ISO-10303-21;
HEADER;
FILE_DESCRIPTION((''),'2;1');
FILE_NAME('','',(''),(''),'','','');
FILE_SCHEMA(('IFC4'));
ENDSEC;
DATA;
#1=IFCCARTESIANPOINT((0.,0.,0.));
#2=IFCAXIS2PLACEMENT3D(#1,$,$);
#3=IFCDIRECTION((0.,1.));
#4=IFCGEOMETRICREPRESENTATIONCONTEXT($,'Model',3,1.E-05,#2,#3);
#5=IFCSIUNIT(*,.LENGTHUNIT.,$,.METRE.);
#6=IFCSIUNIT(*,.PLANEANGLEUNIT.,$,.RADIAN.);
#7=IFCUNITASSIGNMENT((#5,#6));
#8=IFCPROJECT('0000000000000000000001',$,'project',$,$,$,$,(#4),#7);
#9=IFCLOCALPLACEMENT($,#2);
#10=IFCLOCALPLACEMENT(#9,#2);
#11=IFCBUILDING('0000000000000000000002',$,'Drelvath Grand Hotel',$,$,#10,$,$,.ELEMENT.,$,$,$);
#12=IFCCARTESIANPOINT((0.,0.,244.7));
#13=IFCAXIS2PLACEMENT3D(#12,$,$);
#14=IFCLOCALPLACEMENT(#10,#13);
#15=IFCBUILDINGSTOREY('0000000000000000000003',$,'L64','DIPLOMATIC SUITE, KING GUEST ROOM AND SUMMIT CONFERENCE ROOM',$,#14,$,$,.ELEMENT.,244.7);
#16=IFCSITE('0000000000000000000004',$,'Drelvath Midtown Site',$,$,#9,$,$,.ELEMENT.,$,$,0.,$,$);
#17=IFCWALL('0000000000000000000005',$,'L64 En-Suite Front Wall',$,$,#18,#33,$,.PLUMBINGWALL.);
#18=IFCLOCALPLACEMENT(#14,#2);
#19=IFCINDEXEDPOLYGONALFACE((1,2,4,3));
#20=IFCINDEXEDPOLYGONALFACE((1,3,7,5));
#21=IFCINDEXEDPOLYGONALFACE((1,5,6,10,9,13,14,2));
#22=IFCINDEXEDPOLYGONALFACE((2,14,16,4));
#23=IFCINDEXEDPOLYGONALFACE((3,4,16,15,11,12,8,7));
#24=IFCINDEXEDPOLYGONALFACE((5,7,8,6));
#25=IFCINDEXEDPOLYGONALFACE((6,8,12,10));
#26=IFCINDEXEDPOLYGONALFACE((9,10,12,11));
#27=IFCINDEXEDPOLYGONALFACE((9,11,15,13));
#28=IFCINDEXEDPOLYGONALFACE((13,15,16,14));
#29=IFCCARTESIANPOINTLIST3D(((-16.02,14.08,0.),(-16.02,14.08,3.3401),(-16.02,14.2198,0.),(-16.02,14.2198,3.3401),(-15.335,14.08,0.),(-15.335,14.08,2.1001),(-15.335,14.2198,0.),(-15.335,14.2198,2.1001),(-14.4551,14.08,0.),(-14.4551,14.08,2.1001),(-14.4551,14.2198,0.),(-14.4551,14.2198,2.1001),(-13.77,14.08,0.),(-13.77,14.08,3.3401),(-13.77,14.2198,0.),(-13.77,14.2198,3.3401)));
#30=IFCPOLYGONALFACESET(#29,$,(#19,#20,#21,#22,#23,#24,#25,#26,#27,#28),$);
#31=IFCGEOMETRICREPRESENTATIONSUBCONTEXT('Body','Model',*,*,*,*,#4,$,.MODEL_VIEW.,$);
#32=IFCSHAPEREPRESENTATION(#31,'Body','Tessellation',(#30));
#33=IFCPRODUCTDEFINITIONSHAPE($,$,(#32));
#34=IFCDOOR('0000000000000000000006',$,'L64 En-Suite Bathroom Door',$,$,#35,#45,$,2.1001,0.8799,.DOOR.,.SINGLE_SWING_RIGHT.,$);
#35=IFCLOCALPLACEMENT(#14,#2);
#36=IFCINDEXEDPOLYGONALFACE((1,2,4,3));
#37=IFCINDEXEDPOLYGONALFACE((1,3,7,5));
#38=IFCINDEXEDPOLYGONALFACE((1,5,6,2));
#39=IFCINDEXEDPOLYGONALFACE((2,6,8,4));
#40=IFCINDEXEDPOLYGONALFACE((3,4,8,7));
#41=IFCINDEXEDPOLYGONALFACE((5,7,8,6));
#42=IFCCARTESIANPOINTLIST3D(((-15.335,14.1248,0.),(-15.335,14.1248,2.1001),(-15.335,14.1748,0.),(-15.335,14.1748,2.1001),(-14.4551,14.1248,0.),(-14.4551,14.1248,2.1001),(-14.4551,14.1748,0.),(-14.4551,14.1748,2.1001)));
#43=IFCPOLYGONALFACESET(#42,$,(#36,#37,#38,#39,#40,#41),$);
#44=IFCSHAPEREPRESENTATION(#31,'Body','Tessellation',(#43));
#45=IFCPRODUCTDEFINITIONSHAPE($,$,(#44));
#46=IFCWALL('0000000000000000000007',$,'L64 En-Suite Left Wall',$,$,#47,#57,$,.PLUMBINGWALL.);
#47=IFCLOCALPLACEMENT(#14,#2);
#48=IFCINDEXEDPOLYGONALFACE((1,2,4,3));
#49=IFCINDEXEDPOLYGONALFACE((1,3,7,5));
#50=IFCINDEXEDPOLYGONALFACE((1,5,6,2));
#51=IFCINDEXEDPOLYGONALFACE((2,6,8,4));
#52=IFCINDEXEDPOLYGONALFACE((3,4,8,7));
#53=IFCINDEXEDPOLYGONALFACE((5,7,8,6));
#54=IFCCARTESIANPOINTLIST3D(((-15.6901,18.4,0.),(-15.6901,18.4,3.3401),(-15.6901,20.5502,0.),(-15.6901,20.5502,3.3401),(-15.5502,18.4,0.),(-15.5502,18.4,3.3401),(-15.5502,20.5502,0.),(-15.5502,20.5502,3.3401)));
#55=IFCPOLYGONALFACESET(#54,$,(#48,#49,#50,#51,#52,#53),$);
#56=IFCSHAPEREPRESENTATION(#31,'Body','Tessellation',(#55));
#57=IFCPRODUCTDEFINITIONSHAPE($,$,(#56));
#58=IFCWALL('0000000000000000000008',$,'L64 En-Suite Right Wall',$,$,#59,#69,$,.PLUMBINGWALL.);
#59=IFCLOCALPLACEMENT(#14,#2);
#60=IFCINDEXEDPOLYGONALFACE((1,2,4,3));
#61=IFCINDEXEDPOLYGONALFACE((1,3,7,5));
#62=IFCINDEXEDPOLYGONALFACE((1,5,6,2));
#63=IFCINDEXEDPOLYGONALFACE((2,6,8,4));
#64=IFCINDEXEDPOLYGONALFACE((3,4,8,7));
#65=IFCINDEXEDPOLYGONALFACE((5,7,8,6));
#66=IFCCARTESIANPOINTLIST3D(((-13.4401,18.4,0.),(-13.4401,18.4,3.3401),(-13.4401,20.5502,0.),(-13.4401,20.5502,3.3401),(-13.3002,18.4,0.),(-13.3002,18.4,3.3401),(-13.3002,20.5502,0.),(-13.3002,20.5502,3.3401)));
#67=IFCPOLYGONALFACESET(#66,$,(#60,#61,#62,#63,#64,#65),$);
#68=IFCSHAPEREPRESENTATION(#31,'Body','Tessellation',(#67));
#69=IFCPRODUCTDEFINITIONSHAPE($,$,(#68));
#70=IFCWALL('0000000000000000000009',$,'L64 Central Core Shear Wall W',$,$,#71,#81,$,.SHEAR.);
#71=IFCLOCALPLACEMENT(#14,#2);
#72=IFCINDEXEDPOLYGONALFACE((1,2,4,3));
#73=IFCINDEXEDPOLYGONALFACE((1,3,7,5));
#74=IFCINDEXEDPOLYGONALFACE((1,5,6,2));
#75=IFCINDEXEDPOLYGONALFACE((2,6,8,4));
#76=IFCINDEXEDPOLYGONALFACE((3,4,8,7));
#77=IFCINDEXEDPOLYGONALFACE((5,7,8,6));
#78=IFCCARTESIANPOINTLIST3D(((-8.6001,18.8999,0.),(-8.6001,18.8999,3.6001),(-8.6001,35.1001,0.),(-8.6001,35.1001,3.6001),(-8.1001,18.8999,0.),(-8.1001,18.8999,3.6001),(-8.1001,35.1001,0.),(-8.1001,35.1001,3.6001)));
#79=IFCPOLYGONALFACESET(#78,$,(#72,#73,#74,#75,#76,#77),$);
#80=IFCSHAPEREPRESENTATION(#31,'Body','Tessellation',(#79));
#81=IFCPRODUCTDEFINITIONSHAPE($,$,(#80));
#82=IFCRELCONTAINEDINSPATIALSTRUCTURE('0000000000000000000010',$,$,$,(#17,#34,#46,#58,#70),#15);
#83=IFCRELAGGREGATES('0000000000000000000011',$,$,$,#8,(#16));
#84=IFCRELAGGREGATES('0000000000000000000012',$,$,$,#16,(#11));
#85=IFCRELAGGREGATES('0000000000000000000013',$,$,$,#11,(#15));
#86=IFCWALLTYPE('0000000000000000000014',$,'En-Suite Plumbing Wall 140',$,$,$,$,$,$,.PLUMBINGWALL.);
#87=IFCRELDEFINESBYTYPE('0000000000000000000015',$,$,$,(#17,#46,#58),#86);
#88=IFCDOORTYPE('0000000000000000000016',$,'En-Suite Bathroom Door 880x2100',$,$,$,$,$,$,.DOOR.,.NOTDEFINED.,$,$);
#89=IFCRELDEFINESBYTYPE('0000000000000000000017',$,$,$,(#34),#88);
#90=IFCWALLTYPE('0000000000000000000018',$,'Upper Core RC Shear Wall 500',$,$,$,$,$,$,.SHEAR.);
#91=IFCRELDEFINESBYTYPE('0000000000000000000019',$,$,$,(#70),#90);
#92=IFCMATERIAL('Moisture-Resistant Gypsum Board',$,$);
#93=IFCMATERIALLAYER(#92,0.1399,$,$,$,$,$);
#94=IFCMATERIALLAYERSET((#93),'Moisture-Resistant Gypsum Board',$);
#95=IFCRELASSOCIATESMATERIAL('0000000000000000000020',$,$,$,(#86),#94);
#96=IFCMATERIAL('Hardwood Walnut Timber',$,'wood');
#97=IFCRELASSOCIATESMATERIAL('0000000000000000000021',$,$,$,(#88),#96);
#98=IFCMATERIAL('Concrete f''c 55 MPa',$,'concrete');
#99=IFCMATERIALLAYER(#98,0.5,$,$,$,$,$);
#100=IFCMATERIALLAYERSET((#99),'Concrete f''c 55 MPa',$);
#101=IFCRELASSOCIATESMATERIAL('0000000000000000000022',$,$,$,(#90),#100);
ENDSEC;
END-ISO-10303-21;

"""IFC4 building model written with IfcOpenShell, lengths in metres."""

from ifc_helpers import new_model, si_unit, direction, frame, frame_2d, origin, place, context, subcontext, project, spatial, rectangle, extrude, material, layer, layer_set, type_object, element, fill, save


model = new_model("IFC4")

# Units and contexts
model_context = context("Model", 3, precision=1e-05, world=origin(), true_north=direction((0.0, 1.0)))
body_context = subcontext(model_context, "Body", "Model", "MODEL_VIEW")
ifc_project = project(units=[si_unit("LENGTHUNIT", "METRE"), si_unit("PLANEANGLEUNIT", "RADIAN")], contexts=[model_context])

# Site, building, storey
site_placement = place(None, origin())
site = spatial("IfcSite", under=ifc_project, at=site_placement, Name="Drelvath Midtown Site", CompositionType="ELEMENT", RefElevation=0.0)
building_placement = place(site_placement, origin())
building = spatial("IfcBuilding", under=site, at=building_placement, Name="Drelvath Grand Hotel", CompositionType="ELEMENT")
storey_placement = place(building_placement, frame((0.0, 0.0, 244.7)))
storey = spatial("IfcBuildingStorey", under=building, at=storey_placement, Name="L64", Description="DIPLOMATIC SUITE, KING GUEST ROOM AND SUMMIT CONFERENCE ROOM", CompositionType="ELEMENT", Elevation=244.7)

# Shared definitions
ifc_material_1 = material(Name="Hardwood Walnut Timber", Category="wood")

# Shared definitions
ifc_material_2 = material(Name="Moisture-Resistant Gypsum Board")
ifc_layer_1 = layer(ifc_material_2, 0.1399)
ifc_layer_set_1 = layer_set([ifc_layer_1], Name="Moisture-Resistant Gypsum Board")
wall_type_1 = type_object("IfcWallType", Name="En-Suite Plumbing Wall 140", PredefinedType="PLUMBINGWALL", material=ifc_layer_set_1)

# Wall, opening, door
wall_1_placement = place(storey_placement, frame((-16.02, 14.1499, 0.0), z_axis=(0.0, 0.0, 1.0), x_axis=(1.0, 0.0, 0.0)))
wall_1 = element("IfcWall", 1, at=wall_1_placement, inside=storey, type_object=wall_type_1, Name="L64 En-Suite Front Wall", PredefinedType="PLUMBINGWALL", context=body_context, shape_type="SweptSolid", body=[
    extrude(rectangle(XDim=2.25, YDim=0.1399, at=frame_2d((1.125, 0.0))), origin(), (0.0, 0.0, 1.0), 3.3401),
])
opening_1_placement = place(wall_1_placement, frame((0.6851, 0.0, 0.0)))
opening_1 = element("IfcOpeningElement", 2, at=opening_1_placement, cuts=wall_1, PredefinedType="OPENING", context=body_context, shape_type="SweptSolid", body=[
    extrude(rectangle(XDim=0.8799, YDim=2.1001, at=frame_2d((0.4399, 1.05))), frame((0.0, 0.0798, 0.0), z_axis=(0.0, -1.0, 0.0), x_axis=(1.0, 0.0, 0.0)), (0.0, 0.0, 1.0), 0.1599),
])
door_type_1 = type_object("IfcDoorType", Name="En-Suite Bathroom Door 880x2100", OperationType="NOTDEFINED", PredefinedType="DOOR", material=ifc_material_1)
door_1_placement = place(opening_1_placement, origin())
door_1 = element("IfcDoor", 3, at=door_1_placement, inside=storey, type_object=door_type_1, Name="L64 En-Suite Bathroom Door", OperationType="SINGLE_SWING_RIGHT", OverallHeight=2.1001, OverallWidth=0.8799, PredefinedType="DOOR", context=body_context, shape_type="SweptSolid", body=[
    extrude(rectangle(XDim=0.8799, YDim=2.1001, at=frame_2d((0.4399, 1.05))), frame((0.0, 0.0249, 0.0), z_axis=(0.0, -1.0, 0.0), x_axis=(1.0, 0.0, 0.0)), (0.0, 0.0, 1.0), 0.05),
])
fill(opening_1, door_1)

# Walls
for number, where, z_axis, x_axis, name in (
    (4, (-15.6201, 18.3999, 0.0), (0.0, 0.0, 1.0), (0.0, 1.0, 0.0), "L64 En-Suite Left Wall"),
    (5, (-13.3701, 18.3999, 0.0), (0.0, 0.0, 1.0), (0.0, 1.0, 0.0), "L64 En-Suite Right Wall"),
):
    element("IfcWall", number, at=place(storey_placement, frame(where, z_axis=z_axis, x_axis=x_axis)), inside=storey, type_object=wall_type_1, Name=name, PredefinedType="PLUMBINGWALL", context=body_context, shape_type="SweptSolid", body=[
        extrude(rectangle(XDim=2.1501, YDim=0.1399, at=frame_2d((1.0752, 0.0))), origin(), (0.0, 0.0, 1.0), 3.3401),
    ])
ifc_material_3 = material(Name="Concrete f'c 55 MPa", Category="concrete")
ifc_layer_2 = layer(ifc_material_3, 0.5)
ifc_layer_set_2 = layer_set([ifc_layer_2], Name="Concrete f'c 55 MPa")
wall_type_2 = type_object("IfcWallType", Name="Upper Core RC Shear Wall 500", PredefinedType="SHEAR", material=ifc_layer_set_2)
wall_2_placement = place(storey_placement, frame((-8.3501, 18.8999, 0.0), z_axis=(0.0, 0.0, 1.0), x_axis=(0.0, 1.0, 0.0)))
element("IfcWall", 6, at=wall_2_placement, inside=storey, type_object=wall_type_2, Name="L64 Central Core Shear Wall W", PredefinedType="SHEAR", context=body_context, shape_type="SweptSolid", body=[
    extrude(rectangle(XDim=16.2002, YDim=0.5, at=frame_2d((8.1001, 0.0))), origin(), (0.0, 0.0, 1.0), 3.6001),
])

save(model, "model.ifc")
